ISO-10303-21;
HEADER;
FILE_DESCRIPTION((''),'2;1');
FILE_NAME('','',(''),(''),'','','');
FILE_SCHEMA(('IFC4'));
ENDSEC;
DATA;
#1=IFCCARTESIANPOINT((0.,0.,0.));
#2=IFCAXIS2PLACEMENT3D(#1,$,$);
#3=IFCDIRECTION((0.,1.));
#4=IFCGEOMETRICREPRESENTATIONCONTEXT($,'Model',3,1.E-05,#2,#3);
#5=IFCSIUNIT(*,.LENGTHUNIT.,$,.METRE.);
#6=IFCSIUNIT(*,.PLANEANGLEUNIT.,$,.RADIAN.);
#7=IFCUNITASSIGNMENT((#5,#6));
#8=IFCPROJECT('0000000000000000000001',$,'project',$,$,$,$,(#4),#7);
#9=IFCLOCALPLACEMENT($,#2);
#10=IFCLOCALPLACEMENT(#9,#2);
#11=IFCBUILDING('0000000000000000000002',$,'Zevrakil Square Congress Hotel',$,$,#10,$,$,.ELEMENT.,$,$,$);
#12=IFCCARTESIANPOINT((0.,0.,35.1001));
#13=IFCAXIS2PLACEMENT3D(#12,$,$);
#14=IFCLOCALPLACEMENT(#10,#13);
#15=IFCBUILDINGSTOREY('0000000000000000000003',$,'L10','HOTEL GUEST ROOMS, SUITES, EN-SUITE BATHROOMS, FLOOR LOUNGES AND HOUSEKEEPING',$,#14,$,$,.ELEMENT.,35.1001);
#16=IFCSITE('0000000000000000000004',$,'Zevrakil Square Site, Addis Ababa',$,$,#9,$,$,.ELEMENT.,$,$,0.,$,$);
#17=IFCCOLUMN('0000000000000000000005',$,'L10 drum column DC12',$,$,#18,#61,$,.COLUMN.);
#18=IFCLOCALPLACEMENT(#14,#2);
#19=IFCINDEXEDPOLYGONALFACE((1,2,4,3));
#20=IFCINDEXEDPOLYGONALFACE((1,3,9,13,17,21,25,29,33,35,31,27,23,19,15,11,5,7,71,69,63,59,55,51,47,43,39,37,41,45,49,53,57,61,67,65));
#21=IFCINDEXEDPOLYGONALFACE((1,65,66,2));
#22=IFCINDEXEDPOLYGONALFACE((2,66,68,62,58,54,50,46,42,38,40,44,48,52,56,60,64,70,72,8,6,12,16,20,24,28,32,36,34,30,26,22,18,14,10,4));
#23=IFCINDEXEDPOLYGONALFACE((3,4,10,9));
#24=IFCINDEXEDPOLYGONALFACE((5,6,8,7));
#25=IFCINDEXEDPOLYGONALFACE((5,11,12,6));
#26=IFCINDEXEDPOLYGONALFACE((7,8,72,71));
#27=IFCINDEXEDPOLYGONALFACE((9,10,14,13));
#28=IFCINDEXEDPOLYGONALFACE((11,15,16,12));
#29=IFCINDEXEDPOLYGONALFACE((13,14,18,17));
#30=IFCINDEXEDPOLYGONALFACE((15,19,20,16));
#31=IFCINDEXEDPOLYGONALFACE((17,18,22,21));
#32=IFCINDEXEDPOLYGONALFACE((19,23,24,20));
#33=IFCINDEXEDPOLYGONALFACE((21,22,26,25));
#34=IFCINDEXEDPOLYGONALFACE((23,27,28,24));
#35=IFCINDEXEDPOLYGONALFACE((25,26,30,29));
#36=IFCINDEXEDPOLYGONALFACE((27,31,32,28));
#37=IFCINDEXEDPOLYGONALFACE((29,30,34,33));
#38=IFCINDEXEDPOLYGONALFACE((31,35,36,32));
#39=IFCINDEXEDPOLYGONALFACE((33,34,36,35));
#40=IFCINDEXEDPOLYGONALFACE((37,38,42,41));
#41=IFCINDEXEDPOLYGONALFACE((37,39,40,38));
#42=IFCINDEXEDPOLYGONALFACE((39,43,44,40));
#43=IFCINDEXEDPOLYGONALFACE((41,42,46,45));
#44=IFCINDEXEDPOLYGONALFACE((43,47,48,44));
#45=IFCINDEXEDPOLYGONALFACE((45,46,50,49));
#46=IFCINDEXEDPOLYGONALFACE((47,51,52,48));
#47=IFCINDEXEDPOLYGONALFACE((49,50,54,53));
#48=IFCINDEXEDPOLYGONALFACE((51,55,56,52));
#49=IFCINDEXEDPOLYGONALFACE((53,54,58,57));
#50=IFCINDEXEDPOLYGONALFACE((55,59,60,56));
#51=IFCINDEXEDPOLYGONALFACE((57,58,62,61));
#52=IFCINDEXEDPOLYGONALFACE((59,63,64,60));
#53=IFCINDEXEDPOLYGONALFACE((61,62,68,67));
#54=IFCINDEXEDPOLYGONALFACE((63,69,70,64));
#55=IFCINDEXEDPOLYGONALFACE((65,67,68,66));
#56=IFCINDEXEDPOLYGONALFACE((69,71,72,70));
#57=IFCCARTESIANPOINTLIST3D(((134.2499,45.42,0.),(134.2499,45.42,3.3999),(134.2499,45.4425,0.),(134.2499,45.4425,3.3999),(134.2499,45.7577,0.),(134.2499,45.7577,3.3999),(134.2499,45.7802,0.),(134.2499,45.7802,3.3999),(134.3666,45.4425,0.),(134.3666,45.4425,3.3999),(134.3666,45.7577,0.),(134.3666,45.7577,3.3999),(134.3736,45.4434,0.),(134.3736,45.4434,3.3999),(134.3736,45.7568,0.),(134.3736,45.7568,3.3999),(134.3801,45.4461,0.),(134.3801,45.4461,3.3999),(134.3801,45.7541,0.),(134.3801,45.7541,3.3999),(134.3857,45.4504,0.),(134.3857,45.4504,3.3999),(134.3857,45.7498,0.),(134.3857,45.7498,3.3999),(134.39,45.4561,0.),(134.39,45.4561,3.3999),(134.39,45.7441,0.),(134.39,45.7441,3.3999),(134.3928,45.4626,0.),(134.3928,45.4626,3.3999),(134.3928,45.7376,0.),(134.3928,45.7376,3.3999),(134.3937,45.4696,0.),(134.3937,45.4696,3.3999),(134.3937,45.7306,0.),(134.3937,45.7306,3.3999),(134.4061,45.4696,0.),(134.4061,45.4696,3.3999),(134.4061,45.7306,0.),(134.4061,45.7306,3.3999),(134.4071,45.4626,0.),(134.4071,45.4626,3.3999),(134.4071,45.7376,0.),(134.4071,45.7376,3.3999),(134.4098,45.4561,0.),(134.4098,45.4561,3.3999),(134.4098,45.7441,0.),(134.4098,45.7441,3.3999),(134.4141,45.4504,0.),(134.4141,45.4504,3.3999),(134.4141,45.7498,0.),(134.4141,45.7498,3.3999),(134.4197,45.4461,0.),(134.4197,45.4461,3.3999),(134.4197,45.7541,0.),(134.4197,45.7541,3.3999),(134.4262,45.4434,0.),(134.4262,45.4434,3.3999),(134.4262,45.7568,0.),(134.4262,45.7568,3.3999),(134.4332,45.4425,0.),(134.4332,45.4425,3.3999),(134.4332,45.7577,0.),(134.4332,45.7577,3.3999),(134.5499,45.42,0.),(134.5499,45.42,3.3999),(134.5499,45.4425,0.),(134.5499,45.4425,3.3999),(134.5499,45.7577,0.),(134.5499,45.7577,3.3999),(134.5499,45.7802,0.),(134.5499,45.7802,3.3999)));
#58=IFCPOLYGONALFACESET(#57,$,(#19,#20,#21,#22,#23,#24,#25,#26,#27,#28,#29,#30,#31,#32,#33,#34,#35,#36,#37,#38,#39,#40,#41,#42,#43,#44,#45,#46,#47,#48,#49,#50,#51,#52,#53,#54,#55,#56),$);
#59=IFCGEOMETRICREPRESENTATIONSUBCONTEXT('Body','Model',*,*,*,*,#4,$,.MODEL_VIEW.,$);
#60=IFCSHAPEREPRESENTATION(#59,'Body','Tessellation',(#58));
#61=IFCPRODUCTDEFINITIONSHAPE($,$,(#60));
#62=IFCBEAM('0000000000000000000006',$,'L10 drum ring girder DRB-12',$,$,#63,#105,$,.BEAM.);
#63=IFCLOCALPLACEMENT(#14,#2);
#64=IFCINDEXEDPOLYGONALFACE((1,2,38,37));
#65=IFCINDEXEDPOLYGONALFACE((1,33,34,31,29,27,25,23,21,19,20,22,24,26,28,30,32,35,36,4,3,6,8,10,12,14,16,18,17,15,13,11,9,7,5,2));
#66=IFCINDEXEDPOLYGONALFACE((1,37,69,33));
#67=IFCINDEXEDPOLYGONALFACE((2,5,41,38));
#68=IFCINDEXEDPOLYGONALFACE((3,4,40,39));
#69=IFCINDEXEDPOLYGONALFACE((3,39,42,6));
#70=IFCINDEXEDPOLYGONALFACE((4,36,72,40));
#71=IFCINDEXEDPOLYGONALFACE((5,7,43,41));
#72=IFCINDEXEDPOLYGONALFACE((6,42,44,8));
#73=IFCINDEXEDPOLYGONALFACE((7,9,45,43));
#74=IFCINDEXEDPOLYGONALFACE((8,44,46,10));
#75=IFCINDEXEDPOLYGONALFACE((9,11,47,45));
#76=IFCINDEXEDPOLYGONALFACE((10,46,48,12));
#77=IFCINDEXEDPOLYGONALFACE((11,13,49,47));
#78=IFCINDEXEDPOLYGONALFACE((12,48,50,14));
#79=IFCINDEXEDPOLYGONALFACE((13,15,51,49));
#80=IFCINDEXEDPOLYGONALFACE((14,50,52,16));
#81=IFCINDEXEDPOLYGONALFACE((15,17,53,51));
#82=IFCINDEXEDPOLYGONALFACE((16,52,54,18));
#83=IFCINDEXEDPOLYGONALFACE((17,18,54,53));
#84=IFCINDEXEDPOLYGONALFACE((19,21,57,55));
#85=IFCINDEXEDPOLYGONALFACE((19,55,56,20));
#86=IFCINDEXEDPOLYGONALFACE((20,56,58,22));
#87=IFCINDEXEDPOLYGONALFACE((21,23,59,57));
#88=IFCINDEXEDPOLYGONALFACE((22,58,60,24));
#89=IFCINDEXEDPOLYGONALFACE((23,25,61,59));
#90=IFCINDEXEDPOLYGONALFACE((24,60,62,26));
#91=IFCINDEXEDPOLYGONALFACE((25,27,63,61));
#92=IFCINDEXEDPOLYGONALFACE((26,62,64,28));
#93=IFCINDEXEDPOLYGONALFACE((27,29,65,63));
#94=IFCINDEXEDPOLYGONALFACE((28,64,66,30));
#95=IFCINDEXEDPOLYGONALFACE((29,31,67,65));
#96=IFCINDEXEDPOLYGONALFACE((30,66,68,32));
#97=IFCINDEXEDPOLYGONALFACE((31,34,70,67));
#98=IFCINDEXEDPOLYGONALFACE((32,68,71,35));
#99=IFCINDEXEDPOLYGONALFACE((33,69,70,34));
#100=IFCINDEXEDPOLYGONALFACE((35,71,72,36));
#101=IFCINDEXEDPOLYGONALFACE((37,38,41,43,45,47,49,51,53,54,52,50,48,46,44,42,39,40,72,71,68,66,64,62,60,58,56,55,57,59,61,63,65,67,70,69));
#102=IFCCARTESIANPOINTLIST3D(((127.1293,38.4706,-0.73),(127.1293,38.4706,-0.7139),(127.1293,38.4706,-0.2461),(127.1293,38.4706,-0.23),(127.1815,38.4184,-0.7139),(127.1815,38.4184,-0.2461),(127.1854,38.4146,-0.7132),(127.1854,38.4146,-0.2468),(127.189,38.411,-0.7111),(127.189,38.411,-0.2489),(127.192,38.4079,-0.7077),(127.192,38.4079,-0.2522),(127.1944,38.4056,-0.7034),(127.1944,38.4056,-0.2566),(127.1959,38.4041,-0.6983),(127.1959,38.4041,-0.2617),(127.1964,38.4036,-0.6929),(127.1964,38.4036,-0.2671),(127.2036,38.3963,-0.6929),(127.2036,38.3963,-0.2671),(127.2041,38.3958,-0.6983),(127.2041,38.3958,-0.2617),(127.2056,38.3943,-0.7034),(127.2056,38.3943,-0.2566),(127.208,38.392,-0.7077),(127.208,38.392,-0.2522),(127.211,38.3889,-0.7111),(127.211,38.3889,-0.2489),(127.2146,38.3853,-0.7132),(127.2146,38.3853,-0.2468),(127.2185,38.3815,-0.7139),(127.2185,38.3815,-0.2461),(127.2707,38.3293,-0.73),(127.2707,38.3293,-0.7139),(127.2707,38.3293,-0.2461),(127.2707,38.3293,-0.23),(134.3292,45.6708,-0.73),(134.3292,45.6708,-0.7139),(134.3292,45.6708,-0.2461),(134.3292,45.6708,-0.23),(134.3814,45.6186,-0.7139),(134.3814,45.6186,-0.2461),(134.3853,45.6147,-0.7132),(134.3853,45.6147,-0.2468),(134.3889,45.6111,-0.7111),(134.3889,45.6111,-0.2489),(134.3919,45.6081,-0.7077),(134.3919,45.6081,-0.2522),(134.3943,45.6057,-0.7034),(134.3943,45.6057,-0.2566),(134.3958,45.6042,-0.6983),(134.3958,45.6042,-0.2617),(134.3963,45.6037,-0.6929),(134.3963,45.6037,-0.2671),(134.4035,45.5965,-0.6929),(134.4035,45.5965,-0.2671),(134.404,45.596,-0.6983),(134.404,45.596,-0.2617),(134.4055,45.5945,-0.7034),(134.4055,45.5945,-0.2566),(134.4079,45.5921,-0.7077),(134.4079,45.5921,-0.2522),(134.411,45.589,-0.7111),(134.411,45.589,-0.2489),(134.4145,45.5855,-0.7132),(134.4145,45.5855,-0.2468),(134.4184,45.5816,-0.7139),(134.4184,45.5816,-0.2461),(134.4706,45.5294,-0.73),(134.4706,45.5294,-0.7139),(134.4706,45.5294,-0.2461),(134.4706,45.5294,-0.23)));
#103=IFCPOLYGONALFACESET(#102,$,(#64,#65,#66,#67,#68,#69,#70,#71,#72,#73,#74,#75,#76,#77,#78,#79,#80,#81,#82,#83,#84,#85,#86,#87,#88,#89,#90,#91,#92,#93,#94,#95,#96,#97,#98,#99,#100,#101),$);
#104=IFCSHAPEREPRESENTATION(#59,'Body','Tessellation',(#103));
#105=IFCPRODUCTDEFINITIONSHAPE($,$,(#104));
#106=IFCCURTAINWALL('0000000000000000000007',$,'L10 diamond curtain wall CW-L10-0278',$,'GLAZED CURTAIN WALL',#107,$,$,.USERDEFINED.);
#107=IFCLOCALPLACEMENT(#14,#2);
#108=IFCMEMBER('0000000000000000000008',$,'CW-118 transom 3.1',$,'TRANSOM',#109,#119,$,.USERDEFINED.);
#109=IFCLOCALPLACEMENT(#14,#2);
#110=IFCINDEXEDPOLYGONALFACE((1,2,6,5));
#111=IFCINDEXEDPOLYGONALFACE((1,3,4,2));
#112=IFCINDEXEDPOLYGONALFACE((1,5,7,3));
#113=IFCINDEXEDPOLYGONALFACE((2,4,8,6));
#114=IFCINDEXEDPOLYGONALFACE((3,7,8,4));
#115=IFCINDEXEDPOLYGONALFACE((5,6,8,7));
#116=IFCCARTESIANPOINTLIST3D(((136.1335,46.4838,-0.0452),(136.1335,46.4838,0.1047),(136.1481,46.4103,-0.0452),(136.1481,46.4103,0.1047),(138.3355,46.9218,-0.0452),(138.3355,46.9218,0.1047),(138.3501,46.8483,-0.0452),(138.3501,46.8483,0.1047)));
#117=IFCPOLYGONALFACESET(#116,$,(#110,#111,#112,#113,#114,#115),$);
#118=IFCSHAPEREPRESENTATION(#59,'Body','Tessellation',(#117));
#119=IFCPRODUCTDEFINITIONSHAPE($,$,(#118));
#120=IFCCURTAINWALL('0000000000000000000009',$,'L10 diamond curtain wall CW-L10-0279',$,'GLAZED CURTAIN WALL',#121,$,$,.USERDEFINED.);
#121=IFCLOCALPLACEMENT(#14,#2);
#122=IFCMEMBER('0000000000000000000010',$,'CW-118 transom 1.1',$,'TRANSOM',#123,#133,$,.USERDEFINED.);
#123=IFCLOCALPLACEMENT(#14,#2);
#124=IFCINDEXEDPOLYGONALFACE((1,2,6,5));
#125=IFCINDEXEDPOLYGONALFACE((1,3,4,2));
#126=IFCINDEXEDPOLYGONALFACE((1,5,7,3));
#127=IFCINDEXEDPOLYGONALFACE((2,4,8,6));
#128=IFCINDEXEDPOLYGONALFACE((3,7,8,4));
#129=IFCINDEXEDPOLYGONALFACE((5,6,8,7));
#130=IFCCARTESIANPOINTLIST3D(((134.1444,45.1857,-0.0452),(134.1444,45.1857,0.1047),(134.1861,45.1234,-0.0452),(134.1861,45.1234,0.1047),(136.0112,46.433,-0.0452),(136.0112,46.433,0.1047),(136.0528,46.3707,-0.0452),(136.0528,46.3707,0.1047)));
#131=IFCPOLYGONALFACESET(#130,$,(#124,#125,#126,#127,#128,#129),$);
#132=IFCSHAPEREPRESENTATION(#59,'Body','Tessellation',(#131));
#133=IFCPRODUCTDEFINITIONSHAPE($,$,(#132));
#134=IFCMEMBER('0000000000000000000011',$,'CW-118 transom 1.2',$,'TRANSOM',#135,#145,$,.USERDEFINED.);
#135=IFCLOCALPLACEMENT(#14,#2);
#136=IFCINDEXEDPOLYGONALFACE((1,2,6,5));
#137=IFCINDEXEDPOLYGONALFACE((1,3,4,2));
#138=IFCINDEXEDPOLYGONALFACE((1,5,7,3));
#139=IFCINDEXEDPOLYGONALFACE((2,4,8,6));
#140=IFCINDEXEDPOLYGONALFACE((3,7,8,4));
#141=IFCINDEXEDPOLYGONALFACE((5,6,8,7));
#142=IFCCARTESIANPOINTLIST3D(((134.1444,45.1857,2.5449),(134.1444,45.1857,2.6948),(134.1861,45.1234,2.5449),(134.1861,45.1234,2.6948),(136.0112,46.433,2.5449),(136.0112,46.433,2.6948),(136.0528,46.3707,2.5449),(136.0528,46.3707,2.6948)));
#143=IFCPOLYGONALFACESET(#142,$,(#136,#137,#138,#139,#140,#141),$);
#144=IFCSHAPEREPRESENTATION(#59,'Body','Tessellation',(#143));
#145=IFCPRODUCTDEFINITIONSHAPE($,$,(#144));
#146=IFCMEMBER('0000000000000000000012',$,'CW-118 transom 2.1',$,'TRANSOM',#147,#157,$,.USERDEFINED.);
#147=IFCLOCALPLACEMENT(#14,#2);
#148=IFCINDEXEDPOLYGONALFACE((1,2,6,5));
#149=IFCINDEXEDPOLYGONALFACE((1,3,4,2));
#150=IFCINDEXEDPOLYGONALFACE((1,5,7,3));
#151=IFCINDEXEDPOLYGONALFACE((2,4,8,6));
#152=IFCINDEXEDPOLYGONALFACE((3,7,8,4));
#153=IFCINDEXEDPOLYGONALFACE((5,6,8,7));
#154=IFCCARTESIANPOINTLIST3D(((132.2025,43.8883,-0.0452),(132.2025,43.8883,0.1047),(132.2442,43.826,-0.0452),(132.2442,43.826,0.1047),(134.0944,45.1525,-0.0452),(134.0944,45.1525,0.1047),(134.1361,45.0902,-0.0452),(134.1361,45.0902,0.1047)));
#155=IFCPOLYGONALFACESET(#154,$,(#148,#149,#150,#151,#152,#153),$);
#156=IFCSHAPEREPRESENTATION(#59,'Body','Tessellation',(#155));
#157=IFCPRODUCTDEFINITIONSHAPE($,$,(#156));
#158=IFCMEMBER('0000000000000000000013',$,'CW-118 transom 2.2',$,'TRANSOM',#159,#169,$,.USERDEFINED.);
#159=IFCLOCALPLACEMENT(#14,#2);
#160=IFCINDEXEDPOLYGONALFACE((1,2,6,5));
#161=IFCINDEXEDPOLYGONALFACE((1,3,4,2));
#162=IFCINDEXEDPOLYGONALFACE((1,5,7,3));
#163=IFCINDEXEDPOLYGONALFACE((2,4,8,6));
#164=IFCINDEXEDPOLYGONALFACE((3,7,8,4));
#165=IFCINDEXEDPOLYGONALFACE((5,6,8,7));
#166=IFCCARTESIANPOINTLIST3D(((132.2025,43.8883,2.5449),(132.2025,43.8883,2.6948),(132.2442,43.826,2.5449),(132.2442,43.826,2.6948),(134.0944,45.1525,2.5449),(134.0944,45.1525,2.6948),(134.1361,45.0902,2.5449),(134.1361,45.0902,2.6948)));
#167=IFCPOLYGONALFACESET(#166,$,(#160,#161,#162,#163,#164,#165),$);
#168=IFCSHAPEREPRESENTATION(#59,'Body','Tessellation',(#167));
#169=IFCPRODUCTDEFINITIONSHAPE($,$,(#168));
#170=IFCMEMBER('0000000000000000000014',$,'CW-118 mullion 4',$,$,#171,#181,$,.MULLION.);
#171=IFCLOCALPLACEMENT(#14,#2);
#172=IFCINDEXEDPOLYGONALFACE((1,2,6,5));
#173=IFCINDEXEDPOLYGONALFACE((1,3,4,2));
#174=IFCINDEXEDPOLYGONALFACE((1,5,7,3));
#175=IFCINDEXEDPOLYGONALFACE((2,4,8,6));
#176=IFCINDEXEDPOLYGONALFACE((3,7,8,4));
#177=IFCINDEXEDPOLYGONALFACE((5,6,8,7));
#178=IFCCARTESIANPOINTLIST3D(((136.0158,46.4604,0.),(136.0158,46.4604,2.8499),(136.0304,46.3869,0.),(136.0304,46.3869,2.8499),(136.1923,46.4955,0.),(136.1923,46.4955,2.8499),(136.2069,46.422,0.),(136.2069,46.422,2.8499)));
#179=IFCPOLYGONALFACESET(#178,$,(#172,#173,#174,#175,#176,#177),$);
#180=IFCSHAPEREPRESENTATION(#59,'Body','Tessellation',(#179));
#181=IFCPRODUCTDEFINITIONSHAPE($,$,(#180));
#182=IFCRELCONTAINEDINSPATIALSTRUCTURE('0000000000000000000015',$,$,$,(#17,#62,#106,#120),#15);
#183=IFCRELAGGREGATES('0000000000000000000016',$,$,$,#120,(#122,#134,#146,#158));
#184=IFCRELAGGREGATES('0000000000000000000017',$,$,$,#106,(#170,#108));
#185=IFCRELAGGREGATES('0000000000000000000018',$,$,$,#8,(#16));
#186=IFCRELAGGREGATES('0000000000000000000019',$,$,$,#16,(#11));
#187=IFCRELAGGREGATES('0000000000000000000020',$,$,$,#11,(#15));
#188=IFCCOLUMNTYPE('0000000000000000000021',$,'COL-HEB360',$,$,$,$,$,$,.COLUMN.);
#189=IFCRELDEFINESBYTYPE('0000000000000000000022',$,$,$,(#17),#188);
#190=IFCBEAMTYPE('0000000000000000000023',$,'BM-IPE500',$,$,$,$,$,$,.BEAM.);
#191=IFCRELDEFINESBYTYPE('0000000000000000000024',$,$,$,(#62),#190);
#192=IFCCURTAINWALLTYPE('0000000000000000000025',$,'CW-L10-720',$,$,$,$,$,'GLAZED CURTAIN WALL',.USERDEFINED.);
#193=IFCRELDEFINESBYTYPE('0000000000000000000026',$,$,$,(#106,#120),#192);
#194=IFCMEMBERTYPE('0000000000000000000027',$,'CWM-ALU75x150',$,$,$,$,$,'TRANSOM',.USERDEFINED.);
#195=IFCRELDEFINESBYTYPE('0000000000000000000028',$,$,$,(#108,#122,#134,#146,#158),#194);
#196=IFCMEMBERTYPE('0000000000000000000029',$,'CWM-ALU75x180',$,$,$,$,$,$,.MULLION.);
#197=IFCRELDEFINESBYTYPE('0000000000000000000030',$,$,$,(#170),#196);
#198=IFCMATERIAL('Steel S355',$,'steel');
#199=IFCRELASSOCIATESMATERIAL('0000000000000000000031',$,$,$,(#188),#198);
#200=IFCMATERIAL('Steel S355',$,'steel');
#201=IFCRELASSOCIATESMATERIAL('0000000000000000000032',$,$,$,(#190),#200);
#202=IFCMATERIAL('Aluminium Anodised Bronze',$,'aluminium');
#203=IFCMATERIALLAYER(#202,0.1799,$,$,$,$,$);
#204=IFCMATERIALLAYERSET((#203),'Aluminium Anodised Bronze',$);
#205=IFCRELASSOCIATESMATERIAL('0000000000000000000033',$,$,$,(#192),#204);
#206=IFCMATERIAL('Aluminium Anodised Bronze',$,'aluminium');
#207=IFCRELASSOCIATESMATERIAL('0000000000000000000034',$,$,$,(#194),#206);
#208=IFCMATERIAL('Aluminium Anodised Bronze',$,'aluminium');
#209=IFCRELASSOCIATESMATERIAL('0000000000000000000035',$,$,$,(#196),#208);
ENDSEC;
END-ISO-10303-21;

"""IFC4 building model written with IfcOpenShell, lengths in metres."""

from ifc_helpers import new_model, si_unit, direction, frame, origin, origin_2d, place, context, subcontext, project, spatial, rectangle, i_section, extrude, material, layer, layer_set, material_profile, profile_set, type_object, element, aggregate, save


model = new_model("IFC4")

# Units and contexts
model_context = context("Model", 3, precision=1e-05, world=origin(), true_north=direction((0.0, 1.0)))
body_context = subcontext(model_context, "Body", "Model", "MODEL_VIEW")
ifc_project = project(units=[si_unit("LENGTHUNIT", "METRE"), si_unit("PLANEANGLEUNIT", "RADIAN")], contexts=[model_context])

# Site, building, storey
site_placement = place(None, origin())
site = spatial("IfcSite", under=ifc_project, at=site_placement, Name="Zevrakil Square Site, Addis Ababa", CompositionType="ELEMENT", RefElevation=0.0)
building_placement = place(site_placement, origin())
building = spatial("IfcBuilding", under=site, at=building_placement, Name="Zevrakil Square Congress Hotel", CompositionType="ELEMENT")
storey_placement = place(building_placement, frame((0.0, 0.0, 35.1001)))
storey = spatial("IfcBuildingStorey", under=building, at=storey_placement, Name="L10", Description="HOTEL GUEST ROOMS, SUITES, EN-SUITE BATHROOMS, FLOOR LOUNGES AND HOUSEKEEPING", CompositionType="ELEMENT", Elevation=35.1001)

# Column
ifc_material_1 = material(Name="Steel S355", Category="steel")
ifc_material_profile_1 = material_profile(ifc_material_1, i_section(OverallWidth=0.3, OverallDepth=0.3601, WebThickness=0.0125, FlangeThickness=0.0225, FilletRadius=0.0271, at=origin_2d()), Name="HEB 360")
ifc_profile_set_1 = profile_set([ifc_material_profile_1], Name="Steel S355")
column_type = type_object("IfcColumnType", Name="COL-HEB360", PredefinedType="COLUMN", material=ifc_profile_set_1)
column_placement = place(storey_placement, frame((134.3999, 45.6001, 0.0), z_axis=(0.0, 0.0, 1.0), x_axis=(1.0, 0.0, 0.0)))
element("IfcColumn", 1, at=column_placement, inside=storey, type_object=column_type, Name="L10 drum column DC12", PredefinedType="COLUMN", context=body_context, shape_type="SweptSolid", body=[
    extrude(i_section(OverallWidth=0.3, OverallDepth=0.3601, WebThickness=0.0125, FlangeThickness=0.0225, FilletRadius=0.0271, at=origin_2d()), origin(), (0.0, 0.0, 1.0), 3.3999),
])

# Beam
ifc_material_2 = material(Name="Steel S355", Category="steel")
ifc_material_profile_2 = material_profile(ifc_material_2, i_section(OverallWidth=0.2, OverallDepth=0.5, WebThickness=0.0103, FlangeThickness=0.0161, FilletRadius=0.021, at=origin_2d()), Name="IPE 500")
ifc_profile_set_2 = profile_set([ifc_material_profile_2], Name="Steel S355")
beam_type_1 = type_object("IfcBeamType", Name="BM-IPE500", PredefinedType="BEAM", material=ifc_profile_set_2)
beam_1_placement = place(storey_placement, frame((134.3999, 45.6001, -0.48), z_axis=(-0.707095, -0.707119, 0.0), x_axis=(0.707119, -0.707095, 0.0)))
element("IfcBeam", 2, at=beam_1_placement, inside=storey, type_object=beam_type_1, Name="L10 drum ring girder DRB-12", PredefinedType="BEAM", context=body_context, shape_type="SweptSolid", body=[
    extrude(i_section(OverallWidth=0.2, OverallDepth=0.5, WebThickness=0.0103, FlangeThickness=0.0161, FilletRadius=0.021, at=origin_2d()), origin(), (0.0, 0.0, 1.0), 10.1824),
])

# Curtain wall, member
ifc_material_3 = material(Name="Aluminium Anodised Bronze", Category="aluminium")
ifc_layer_1 = layer(ifc_material_3, 0.1799)
ifc_layer_set_1 = layer_set([ifc_layer_1], Name="Aluminium Anodised Bronze")
curtain_wall_type = type_object("IfcCurtainWallType", Name="CW-L10-720", ElementType="GLAZED CURTAIN WALL", PredefinedType="USERDEFINED", material=ifc_layer_set_1)
curtain_wall_1_placement = place(storey_placement, origin())
curtain_wall_1 = element("IfcCurtainWall", 3, at=curtain_wall_1_placement, inside=storey, type_object=curtain_wall_type, Name="L10 diamond curtain wall CW-L10-0278", ObjectType="GLAZED CURTAIN WALL", PredefinedType="USERDEFINED")
ifc_material_4 = material(Name="Aluminium Anodised Bronze", Category="aluminium")
ifc_material_profile_3 = material_profile(ifc_material_4, rectangle(XDim=0.075, YDim=0.1499, at=origin_2d()), Name="ALU 75x150")
ifc_profile_set_3 = profile_set([ifc_material_profile_3], Name="Aluminium Anodised Bronze")
member_type_1 = type_object("IfcMemberType", Name="CWM-ALU75x150", ElementType="TRANSOM", PredefinedType="USERDEFINED", material=ifc_profile_set_3)
member_1_placement = place(storey_placement, frame((138.3428, 46.885, 0.0298), z_axis=(-0.980785, -0.195091, 0.0), x_axis=(0.195091, -0.980785, 0.0)))
member_1 = element("IfcMember", 4, at=member_1_placement, type_object=member_type_1, Name="CW-118 transom 3.1", ObjectType="TRANSOM", PredefinedType="USERDEFINED", context=body_context, shape_type="SweptSolid", body=[
    extrude(rectangle(XDim=0.075, YDim=0.1499, at=origin_2d()), origin(), (0.0, 0.0, 1.0), 2.2451),
])

# Curtain wall, members
curtain_wall_2_placement = place(storey_placement, origin())
curtain_wall_2 = element("IfcCurtainWall", 5, at=curtain_wall_2_placement, inside=storey, type_object=curtain_wall_type, Name="L10 diamond curtain wall CW-L10-0279", ObjectType="GLAZED CURTAIN WALL", PredefinedType="USERDEFINED")
member_2_placement = place(storey_placement, frame((136.032, 46.4019, 0.0298), z_axis=(-0.831464, -0.555578, 0.0), x_axis=(0.555578, -0.831464, 0.0)))
member_2 = element("IfcMember", 6, at=member_2_placement, type_object=member_type_1, Name="CW-118 transom 1.1", ObjectType="TRANSOM", PredefinedType="USERDEFINED", context=body_context, shape_type="SweptSolid", body=[
    extrude(rectangle(XDim=0.075, YDim=0.1499, at=origin_2d()), origin(), (0.0, 0.0, 1.0), 2.2451),
])
member_3_placement = place(storey_placement, frame((136.032, 46.4019, 2.6199), z_axis=(-0.831464, -0.555578, 0.0), x_axis=(0.555578, -0.831464, 0.0)))
member_3 = element("IfcMember", 7, at=member_3_placement, type_object=member_type_1, Name="CW-118 transom 1.2", ObjectType="TRANSOM", PredefinedType="USERDEFINED", context=body_context, shape_type="SweptSolid", body=[
    extrude(rectangle(XDim=0.075, YDim=0.1499, at=origin_2d()), origin(), (0.0, 0.0, 1.0), 2.2451),
])
member_4_placement = place(storey_placement, frame((134.1152, 45.1213, 0.0298), z_axis=(-0.831456, -0.555591, 0.0), x_axis=(0.555591, -0.831456, 0.0)))
member_4 = element("IfcMember", 8, at=member_4_placement, type_object=member_type_1, Name="CW-118 transom 2.1", ObjectType="TRANSOM", PredefinedType="USERDEFINED", context=body_context, shape_type="SweptSolid", body=[
    extrude(rectangle(XDim=0.075, YDim=0.1499, at=origin_2d()), origin(), (0.0, 0.0, 1.0), 2.2754),
])
member_5_placement = place(storey_placement, frame((134.1152, 45.1213, 2.6199), z_axis=(-0.831456, -0.555591, 0.0), x_axis=(0.555591, -0.831456, 0.0)))
member_5 = element("IfcMember", 9, at=member_5_placement, type_object=member_type_1, Name="CW-118 transom 2.2", ObjectType="TRANSOM", PredefinedType="USERDEFINED", context=body_context, shape_type="SweptSolid", body=[
    extrude(rectangle(XDim=0.075, YDim=0.1499, at=origin_2d()), origin(), (0.0, 0.0, 1.0), 2.2754),
])

# Member
ifc_material_5 = material(Name="Aluminium Anodised Bronze", Category="aluminium")
ifc_material_profile_4 = material_profile(ifc_material_5, rectangle(XDim=0.075, YDim=0.1799, at=origin_2d()), Name="ALU 75x180")
ifc_profile_set_4 = profile_set([ifc_material_profile_4], Name="Aluminium Anodised Bronze")
member_type_2 = type_object("IfcMemberType", Name="CWM-ALU75x180", PredefinedType="MULLION", material=ifc_profile_set_4)
member_6_placement = place(storey_placement, frame((136.1113, 46.4412, 0.0), z_axis=(0.0, 0.0, 1.0), x_axis=(0.195084, -0.980787, 0.0)))
member_6 = element("IfcMember", 10, at=member_6_placement, type_object=member_type_2, Name="CW-118 mullion 4", PredefinedType="MULLION", context=body_context, shape_type="SweptSolid", body=[
    extrude(rectangle(XDim=0.075, YDim=0.1799, at=origin_2d()), origin(), (0.0, 0.0, 1.0), 2.8499),
])

aggregate(curtain_wall_2, [member_2, member_3, member_4, member_5])
aggregate(curtain_wall_1, [member_6, member_1])

save(model, "model.ifc")
